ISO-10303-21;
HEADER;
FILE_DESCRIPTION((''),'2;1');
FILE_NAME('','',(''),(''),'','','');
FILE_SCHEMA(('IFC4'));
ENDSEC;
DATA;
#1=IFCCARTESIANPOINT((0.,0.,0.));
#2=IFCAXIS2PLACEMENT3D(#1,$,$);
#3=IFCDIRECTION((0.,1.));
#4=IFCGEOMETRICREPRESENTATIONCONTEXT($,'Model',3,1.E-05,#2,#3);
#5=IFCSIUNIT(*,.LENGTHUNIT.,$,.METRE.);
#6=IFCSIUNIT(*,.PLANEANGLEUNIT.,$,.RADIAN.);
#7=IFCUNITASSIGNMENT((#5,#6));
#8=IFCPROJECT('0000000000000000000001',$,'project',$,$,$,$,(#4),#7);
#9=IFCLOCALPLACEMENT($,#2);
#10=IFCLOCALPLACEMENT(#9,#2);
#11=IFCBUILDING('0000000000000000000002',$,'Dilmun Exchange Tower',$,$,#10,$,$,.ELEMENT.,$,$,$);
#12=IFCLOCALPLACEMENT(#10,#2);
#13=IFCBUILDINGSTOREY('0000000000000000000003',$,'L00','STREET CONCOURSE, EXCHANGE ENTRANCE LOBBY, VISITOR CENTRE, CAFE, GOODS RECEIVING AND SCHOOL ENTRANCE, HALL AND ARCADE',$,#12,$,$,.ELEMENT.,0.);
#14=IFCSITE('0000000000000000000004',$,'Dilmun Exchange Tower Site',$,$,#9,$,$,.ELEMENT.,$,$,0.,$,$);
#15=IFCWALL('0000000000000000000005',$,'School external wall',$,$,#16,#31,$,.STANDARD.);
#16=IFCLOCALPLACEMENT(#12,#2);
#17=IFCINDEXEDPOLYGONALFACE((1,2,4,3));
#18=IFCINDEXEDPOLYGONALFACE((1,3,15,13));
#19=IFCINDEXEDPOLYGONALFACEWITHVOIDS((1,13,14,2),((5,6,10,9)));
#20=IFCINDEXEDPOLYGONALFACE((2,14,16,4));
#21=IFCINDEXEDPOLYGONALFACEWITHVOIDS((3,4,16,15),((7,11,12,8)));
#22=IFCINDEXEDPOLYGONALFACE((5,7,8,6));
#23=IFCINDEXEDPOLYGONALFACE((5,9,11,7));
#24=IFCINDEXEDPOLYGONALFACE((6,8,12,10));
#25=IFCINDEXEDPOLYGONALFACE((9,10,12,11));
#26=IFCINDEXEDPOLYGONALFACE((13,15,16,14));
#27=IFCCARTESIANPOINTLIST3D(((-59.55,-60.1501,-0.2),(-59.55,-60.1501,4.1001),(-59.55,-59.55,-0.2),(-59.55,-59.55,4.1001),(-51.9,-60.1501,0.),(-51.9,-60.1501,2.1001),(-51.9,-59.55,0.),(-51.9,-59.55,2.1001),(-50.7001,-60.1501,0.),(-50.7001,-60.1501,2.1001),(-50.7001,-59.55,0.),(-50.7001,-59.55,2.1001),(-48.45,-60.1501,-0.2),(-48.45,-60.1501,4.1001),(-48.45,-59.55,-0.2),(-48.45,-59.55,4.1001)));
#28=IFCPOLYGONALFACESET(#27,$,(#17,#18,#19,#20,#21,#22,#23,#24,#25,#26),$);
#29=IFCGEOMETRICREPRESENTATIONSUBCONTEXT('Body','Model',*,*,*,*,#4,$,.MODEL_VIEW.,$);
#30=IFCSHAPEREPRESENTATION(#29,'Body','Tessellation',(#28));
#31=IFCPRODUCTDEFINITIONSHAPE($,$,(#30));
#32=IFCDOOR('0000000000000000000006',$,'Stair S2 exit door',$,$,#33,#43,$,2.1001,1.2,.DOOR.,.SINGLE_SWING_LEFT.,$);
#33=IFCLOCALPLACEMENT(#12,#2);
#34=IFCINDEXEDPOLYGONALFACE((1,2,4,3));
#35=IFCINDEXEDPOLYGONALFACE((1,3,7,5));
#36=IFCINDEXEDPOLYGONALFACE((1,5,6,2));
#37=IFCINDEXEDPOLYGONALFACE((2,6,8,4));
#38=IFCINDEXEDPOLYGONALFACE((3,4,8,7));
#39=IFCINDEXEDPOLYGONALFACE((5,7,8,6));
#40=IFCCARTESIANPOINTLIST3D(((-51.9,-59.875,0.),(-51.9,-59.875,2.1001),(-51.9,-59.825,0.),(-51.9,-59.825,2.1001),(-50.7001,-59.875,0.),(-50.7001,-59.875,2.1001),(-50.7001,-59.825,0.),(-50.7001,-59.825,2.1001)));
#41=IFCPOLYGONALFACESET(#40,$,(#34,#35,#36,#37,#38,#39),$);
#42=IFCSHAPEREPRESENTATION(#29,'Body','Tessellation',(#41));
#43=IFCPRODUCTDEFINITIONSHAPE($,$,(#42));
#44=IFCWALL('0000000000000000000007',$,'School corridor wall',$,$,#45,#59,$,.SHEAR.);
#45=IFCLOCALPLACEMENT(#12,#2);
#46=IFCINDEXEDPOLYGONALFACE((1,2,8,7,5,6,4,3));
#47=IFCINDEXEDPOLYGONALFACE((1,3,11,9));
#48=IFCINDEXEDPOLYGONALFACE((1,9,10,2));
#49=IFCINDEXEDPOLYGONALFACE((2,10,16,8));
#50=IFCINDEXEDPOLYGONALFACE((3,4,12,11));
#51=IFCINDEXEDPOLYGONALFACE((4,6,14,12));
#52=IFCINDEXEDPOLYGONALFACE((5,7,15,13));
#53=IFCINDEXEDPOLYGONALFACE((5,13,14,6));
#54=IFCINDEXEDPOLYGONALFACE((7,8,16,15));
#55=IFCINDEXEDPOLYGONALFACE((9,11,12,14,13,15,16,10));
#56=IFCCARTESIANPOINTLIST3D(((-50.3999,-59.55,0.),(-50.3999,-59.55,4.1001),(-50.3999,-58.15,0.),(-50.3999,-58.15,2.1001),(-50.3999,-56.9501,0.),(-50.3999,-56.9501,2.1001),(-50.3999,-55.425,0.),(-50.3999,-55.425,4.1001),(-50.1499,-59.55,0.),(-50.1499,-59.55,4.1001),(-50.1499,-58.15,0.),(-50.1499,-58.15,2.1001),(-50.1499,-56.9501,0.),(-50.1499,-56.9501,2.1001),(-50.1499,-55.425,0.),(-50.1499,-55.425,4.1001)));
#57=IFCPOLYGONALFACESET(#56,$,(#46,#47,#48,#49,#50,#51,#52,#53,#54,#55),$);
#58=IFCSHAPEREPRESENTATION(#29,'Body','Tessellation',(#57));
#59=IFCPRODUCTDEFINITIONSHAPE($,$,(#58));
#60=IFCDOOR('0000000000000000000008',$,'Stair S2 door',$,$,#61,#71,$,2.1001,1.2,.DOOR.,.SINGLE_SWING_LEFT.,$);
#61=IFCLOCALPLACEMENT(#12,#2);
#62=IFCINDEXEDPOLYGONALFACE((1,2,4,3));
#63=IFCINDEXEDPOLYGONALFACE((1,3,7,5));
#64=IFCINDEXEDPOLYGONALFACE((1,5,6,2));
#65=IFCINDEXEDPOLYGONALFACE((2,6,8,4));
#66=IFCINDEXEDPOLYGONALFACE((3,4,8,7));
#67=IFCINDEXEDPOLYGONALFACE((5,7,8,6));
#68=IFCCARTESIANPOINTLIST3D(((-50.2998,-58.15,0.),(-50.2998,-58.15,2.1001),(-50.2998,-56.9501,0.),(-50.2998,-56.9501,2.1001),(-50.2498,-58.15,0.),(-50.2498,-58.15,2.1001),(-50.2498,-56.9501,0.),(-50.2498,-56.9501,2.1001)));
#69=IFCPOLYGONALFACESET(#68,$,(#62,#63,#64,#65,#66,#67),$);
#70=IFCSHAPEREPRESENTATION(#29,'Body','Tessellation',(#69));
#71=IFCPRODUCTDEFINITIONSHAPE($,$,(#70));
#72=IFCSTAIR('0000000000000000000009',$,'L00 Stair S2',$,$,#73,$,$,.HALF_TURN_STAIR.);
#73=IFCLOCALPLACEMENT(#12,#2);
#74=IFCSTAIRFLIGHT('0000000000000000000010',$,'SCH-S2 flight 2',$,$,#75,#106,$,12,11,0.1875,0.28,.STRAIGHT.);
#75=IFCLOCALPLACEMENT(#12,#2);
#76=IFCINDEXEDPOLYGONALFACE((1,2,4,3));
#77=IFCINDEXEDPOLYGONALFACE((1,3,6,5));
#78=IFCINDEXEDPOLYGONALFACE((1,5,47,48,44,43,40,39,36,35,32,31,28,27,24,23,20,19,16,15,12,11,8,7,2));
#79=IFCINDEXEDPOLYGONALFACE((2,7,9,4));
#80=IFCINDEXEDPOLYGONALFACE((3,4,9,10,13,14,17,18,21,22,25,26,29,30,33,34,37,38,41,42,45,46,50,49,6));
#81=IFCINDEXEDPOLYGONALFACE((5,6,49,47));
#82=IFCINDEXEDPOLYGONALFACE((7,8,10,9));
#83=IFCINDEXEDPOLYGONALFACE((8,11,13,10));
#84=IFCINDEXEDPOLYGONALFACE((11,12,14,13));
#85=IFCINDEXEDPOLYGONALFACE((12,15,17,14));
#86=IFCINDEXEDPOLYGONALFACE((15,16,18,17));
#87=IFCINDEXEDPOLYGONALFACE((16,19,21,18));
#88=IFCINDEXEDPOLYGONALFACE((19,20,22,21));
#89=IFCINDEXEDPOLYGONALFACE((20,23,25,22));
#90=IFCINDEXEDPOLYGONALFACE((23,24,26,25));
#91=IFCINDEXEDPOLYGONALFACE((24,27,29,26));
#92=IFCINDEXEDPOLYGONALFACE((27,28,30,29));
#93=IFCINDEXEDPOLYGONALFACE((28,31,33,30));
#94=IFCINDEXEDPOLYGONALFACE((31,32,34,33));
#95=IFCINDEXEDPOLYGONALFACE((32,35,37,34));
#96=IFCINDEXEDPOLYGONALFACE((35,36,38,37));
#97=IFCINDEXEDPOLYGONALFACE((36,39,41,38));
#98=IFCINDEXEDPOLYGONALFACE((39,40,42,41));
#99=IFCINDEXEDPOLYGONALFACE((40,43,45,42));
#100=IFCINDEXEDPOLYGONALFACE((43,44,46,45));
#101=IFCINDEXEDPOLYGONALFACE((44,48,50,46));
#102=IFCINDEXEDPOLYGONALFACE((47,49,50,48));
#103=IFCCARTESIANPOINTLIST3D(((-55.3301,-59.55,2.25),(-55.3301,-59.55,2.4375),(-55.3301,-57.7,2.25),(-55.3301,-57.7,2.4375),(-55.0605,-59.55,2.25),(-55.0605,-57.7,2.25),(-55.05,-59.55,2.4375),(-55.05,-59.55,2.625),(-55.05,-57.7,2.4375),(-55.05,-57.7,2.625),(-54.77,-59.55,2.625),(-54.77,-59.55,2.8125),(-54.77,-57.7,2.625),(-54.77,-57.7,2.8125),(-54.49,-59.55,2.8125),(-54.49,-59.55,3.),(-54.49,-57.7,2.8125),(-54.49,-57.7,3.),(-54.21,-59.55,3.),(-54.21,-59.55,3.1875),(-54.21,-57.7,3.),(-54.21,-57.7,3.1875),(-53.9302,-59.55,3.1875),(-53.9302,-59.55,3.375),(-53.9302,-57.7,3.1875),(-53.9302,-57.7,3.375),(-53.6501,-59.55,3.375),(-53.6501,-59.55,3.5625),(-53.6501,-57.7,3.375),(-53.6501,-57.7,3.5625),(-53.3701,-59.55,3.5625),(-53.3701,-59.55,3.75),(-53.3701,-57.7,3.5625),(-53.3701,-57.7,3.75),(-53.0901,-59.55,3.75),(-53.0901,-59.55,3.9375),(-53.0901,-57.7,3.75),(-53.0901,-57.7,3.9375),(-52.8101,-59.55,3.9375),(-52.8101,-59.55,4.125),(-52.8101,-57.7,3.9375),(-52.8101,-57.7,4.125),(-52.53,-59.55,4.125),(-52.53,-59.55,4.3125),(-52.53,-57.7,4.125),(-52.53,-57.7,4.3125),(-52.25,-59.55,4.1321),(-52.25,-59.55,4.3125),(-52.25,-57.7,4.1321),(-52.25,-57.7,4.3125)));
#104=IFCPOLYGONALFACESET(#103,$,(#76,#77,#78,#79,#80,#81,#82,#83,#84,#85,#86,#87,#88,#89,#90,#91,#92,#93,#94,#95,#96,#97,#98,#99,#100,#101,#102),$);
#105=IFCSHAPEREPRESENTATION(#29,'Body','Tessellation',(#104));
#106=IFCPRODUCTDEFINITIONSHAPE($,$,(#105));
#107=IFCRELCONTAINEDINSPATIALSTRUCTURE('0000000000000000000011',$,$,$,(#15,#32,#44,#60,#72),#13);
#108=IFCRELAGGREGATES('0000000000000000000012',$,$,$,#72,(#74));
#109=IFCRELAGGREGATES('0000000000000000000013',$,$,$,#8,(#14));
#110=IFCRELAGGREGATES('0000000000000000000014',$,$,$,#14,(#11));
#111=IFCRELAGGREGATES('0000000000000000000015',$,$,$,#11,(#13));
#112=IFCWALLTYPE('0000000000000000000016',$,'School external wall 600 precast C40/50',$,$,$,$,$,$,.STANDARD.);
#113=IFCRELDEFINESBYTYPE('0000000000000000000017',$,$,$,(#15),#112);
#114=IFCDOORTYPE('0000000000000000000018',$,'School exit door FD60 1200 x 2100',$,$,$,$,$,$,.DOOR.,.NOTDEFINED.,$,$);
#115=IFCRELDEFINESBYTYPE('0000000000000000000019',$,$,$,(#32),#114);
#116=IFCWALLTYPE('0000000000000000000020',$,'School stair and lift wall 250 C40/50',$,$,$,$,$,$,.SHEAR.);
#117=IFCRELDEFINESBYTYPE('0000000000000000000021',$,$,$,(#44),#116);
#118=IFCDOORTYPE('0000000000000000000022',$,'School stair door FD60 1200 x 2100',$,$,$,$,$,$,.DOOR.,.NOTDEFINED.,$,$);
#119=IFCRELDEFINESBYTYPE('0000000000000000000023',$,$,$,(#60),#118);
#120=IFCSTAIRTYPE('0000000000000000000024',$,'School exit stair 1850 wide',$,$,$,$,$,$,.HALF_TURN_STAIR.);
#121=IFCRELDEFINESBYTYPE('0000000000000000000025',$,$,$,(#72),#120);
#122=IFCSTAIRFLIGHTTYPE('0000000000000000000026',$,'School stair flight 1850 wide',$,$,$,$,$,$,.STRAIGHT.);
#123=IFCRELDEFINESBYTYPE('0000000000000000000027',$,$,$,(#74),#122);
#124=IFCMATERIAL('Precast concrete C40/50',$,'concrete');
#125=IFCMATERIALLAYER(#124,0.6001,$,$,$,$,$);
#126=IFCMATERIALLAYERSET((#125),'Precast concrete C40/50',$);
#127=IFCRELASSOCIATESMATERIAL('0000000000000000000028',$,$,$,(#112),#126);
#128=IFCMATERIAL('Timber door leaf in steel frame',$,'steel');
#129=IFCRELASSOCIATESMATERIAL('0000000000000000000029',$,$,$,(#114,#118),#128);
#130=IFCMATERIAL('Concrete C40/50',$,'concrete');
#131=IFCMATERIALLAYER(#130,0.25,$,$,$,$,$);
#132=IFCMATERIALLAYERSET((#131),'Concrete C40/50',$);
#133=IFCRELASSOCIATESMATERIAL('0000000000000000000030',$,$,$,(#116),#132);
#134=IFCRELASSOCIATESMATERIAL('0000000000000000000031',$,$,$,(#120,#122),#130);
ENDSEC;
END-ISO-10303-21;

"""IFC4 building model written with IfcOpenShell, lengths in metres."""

from ifc_helpers import new_model, si_unit, direction, frame, frame_2d, origin, place, context, subcontext, project, spatial, polyline, rectangle, outline, extrude, material, layer, layer_set, type_object, element, fill, aggregate, save


model = new_model("IFC4")

# Units and contexts
model_context = context("Model", 3, precision=1e-05, world=origin(), true_north=direction((0.0, 1.0)))
body_context = subcontext(model_context, "Body", "Model", "MODEL_VIEW")
ifc_project = project(units=[si_unit("LENGTHUNIT", "METRE"), si_unit("PLANEANGLEUNIT", "RADIAN")], contexts=[model_context])

# Site, building, storey
site_placement = place(None, origin())
site = spatial("IfcSite", under=ifc_project, at=site_placement, Name="Dilmun Exchange Tower Site", CompositionType="ELEMENT", RefElevation=0.0)
building_placement = place(site_placement, origin())
building = spatial("IfcBuilding", under=site, at=building_placement, Name="Dilmun Exchange Tower", CompositionType="ELEMENT")
storey_placement = place(building_placement, origin())
storey = spatial("IfcBuildingStorey", under=building, at=storey_placement, Name="L00", Description="STREET CONCOURSE, EXCHANGE ENTRANCE LOBBY, VISITOR CENTRE, CAFE, GOODS RECEIVING AND SCHOOL ENTRANCE, HALL AND ARCADE", CompositionType="ELEMENT", Elevation=0.0)

# Shared definitions
ifc_material_1 = material(Name="Concrete C40/50", Category="concrete")

# Shared definitions
ifc_material_2 = material(Name="Precast concrete C40/50", Category="concrete")
ifc_layer_1 = layer(ifc_material_2, 0.6001)
ifc_layer_set_1 = layer_set([ifc_layer_1], Name="Precast concrete C40/50")
wall_type_1 = type_object("IfcWallType", Name="School external wall 600 precast C40/50", PredefinedType="STANDARD", material=ifc_layer_set_1)

# Walls, openings, doors
wall_1_placement = place(storey_placement, frame((-48.45, -59.8501, -0.2), z_axis=(0.0, 0.0, 1.0), x_axis=(-1.0, 0.0, 0.0)))
wall_1 = element("IfcWall", 1, at=wall_1_placement, inside=storey, type_object=wall_type_1, Name="School external wall", PredefinedType="STANDARD", context=body_context, shape_type="SweptSolid", body=[
    extrude(rectangle(XDim=11.1001, YDim=0.6001, at=frame_2d((5.55, 0.0))), origin(), (0.0, 0.0, 1.0), 4.3),
])
opening_1_placement = place(wall_1_placement, frame((2.25, 0.0, 0.2)))
opening_1 = element("IfcOpeningElement", 2, at=opening_1_placement, cuts=wall_1, PredefinedType="OPENING", context=body_context, shape_type="SweptSolid", body=[
    extrude(rectangle(XDim=1.2, YDim=2.1001, at=frame_2d((0.6001, 1.05))), frame((0.0, 0.3101, 0.0), z_axis=(0.0, -1.0, 0.0), x_axis=(1.0, 0.0, 0.0)), (0.0, 0.0, 1.0), 0.6201),
])
ifc_material_3 = material(Name="Timber door leaf in steel frame", Category="steel")
door_type_1 = type_object("IfcDoorType", Name="School exit door FD60 1200 x 2100", OperationType="NOTDEFINED", PredefinedType="DOOR", material=ifc_material_3)
door_1_placement = place(opening_1_placement, origin())
door_1 = element("IfcDoor", 3, at=door_1_placement, inside=storey, type_object=door_type_1, Name="Stair S2 exit door", OperationType="SINGLE_SWING_LEFT", OverallHeight=2.1001, OverallWidth=1.2, PredefinedType="DOOR", context=body_context, shape_type="SweptSolid", body=[
    extrude(rectangle(XDim=1.2, YDim=2.1001, at=frame_2d((0.6001, 1.05))), frame((0.0, 0.0249, 0.0), z_axis=(0.0, -1.0, 0.0), x_axis=(1.0, 0.0, 0.0)), (0.0, 0.0, 1.0), 0.05),
])
fill(opening_1, door_1)
ifc_layer_2 = layer(ifc_material_1, 0.25)
ifc_layer_set_2 = layer_set([ifc_layer_2], Name="Concrete C40/50")
wall_type_2 = type_object("IfcWallType", Name="School stair and lift wall 250 C40/50", PredefinedType="SHEAR", material=ifc_layer_set_2)
wall_2_placement = place(storey_placement, frame((-50.2749, -59.55, 0.0), z_axis=(0.0, 0.0, 1.0), x_axis=(0.0, 1.0, 0.0)))
wall_2 = element("IfcWall", 4, at=wall_2_placement, inside=storey, type_object=wall_type_2, Name="School corridor wall", PredefinedType="SHEAR", context=body_context, shape_type="SweptSolid", body=[
    extrude(rectangle(XDim=4.125, YDim=0.25, at=frame_2d((2.0625, 0.0))), origin(), (0.0, 0.0, 1.0), 4.1001),
])
opening_2_placement = place(wall_2_placement, frame((1.3999, 0.0, 0.0)))
opening_2 = element("IfcOpeningElement", 5, at=opening_2_placement, cuts=wall_2, PredefinedType="OPENING", context=body_context, shape_type="SweptSolid", body=[
    extrude(rectangle(XDim=1.2, YDim=2.1001, at=frame_2d((0.6001, 1.05))), frame((0.0, 0.135, 0.0), z_axis=(0.0, -1.0, 0.0), x_axis=(1.0, 0.0, 0.0)), (0.0, 0.0, 1.0), 0.27),
])
door_type_2 = type_object("IfcDoorType", Name="School stair door FD60 1200 x 2100", OperationType="NOTDEFINED", PredefinedType="DOOR", material=ifc_material_3)
door_2_placement = place(opening_2_placement, origin())
door_2 = element("IfcDoor", 6, at=door_2_placement, inside=storey, type_object=door_type_2, Name="Stair S2 door", OperationType="SINGLE_SWING_LEFT", OverallHeight=2.1001, OverallWidth=1.2, PredefinedType="DOOR", context=body_context, shape_type="SweptSolid", body=[
    extrude(rectangle(XDim=1.2, YDim=2.1001, at=frame_2d((0.6001, 1.05))), frame((0.0, 0.0249, 0.0), z_axis=(0.0, -1.0, 0.0), x_axis=(1.0, 0.0, 0.0)), (0.0, 0.0, 1.0), 0.05),
])
fill(opening_2, door_2)

# Stair, stair flight
stair_type = type_object("IfcStairType", Name="School exit stair 1850 wide", PredefinedType="HALF_TURN_STAIR", material=ifc_material_1)
stair_placement = place(storey_placement, origin())
stair = element("IfcStair", 7, at=stair_placement, inside=storey, type_object=stair_type, Name="L00 Stair S2", PredefinedType="HALF_TURN_STAIR")
stair_flight_type = type_object("IfcStairFlightType", Name="School stair flight 1850 wide", PredefinedType="STRAIGHT", material=ifc_material_1)
stair_flight_placement = place(storey_placement, frame((-55.3301, -58.625, 2.25), z_axis=(0.0, 0.0, 1.0), x_axis=(1.0, 0.0, 0.0)))
stair_flight = element("IfcStairFlight", 8, at=stair_flight_placement, type_object=stair_flight_type, Name="SCH-S2 flight 2", NumberOfRisers=12, NumberOfTreads=11, PredefinedType="STRAIGHT", RiserHeight=0.1875, TreadLength=0.28, context=body_context, shape_type="SweptSolid", body=[
    extrude(outline(polyline([(0.0, 0.0), (0.0, 0.1875), (0.28, 0.1875), (0.28, 0.375), (0.5601, 0.375), (0.5601, 0.5625), (0.8401, 0.5625), (0.8401, 0.75), (1.1201, 0.75), (1.1201, 0.9375), (1.3999, 0.9375), (1.3999, 1.125), (1.6799, 1.125), (1.6799, 1.3125), (1.96, 1.3125), (1.96, 1.5), (2.24, 1.5), (2.24, 1.6875), (2.52, 1.6875), (2.52, 1.875), (2.8, 1.875), (2.8, 2.0625), (3.0801, 2.0625), (3.0801, 2.25), (3.0801, 1.8821), (0.2695, 0.0), (0.0, 0.0)])), frame((0.0, 0.925, 0.0), z_axis=(0.0, -1.0, 0.0), x_axis=(1.0, 0.0, 0.0)), (0.0, 0.0, 1.0), 1.8501),
])
aggregate(stair, [stair_flight])

save(model, "model.ifc")
